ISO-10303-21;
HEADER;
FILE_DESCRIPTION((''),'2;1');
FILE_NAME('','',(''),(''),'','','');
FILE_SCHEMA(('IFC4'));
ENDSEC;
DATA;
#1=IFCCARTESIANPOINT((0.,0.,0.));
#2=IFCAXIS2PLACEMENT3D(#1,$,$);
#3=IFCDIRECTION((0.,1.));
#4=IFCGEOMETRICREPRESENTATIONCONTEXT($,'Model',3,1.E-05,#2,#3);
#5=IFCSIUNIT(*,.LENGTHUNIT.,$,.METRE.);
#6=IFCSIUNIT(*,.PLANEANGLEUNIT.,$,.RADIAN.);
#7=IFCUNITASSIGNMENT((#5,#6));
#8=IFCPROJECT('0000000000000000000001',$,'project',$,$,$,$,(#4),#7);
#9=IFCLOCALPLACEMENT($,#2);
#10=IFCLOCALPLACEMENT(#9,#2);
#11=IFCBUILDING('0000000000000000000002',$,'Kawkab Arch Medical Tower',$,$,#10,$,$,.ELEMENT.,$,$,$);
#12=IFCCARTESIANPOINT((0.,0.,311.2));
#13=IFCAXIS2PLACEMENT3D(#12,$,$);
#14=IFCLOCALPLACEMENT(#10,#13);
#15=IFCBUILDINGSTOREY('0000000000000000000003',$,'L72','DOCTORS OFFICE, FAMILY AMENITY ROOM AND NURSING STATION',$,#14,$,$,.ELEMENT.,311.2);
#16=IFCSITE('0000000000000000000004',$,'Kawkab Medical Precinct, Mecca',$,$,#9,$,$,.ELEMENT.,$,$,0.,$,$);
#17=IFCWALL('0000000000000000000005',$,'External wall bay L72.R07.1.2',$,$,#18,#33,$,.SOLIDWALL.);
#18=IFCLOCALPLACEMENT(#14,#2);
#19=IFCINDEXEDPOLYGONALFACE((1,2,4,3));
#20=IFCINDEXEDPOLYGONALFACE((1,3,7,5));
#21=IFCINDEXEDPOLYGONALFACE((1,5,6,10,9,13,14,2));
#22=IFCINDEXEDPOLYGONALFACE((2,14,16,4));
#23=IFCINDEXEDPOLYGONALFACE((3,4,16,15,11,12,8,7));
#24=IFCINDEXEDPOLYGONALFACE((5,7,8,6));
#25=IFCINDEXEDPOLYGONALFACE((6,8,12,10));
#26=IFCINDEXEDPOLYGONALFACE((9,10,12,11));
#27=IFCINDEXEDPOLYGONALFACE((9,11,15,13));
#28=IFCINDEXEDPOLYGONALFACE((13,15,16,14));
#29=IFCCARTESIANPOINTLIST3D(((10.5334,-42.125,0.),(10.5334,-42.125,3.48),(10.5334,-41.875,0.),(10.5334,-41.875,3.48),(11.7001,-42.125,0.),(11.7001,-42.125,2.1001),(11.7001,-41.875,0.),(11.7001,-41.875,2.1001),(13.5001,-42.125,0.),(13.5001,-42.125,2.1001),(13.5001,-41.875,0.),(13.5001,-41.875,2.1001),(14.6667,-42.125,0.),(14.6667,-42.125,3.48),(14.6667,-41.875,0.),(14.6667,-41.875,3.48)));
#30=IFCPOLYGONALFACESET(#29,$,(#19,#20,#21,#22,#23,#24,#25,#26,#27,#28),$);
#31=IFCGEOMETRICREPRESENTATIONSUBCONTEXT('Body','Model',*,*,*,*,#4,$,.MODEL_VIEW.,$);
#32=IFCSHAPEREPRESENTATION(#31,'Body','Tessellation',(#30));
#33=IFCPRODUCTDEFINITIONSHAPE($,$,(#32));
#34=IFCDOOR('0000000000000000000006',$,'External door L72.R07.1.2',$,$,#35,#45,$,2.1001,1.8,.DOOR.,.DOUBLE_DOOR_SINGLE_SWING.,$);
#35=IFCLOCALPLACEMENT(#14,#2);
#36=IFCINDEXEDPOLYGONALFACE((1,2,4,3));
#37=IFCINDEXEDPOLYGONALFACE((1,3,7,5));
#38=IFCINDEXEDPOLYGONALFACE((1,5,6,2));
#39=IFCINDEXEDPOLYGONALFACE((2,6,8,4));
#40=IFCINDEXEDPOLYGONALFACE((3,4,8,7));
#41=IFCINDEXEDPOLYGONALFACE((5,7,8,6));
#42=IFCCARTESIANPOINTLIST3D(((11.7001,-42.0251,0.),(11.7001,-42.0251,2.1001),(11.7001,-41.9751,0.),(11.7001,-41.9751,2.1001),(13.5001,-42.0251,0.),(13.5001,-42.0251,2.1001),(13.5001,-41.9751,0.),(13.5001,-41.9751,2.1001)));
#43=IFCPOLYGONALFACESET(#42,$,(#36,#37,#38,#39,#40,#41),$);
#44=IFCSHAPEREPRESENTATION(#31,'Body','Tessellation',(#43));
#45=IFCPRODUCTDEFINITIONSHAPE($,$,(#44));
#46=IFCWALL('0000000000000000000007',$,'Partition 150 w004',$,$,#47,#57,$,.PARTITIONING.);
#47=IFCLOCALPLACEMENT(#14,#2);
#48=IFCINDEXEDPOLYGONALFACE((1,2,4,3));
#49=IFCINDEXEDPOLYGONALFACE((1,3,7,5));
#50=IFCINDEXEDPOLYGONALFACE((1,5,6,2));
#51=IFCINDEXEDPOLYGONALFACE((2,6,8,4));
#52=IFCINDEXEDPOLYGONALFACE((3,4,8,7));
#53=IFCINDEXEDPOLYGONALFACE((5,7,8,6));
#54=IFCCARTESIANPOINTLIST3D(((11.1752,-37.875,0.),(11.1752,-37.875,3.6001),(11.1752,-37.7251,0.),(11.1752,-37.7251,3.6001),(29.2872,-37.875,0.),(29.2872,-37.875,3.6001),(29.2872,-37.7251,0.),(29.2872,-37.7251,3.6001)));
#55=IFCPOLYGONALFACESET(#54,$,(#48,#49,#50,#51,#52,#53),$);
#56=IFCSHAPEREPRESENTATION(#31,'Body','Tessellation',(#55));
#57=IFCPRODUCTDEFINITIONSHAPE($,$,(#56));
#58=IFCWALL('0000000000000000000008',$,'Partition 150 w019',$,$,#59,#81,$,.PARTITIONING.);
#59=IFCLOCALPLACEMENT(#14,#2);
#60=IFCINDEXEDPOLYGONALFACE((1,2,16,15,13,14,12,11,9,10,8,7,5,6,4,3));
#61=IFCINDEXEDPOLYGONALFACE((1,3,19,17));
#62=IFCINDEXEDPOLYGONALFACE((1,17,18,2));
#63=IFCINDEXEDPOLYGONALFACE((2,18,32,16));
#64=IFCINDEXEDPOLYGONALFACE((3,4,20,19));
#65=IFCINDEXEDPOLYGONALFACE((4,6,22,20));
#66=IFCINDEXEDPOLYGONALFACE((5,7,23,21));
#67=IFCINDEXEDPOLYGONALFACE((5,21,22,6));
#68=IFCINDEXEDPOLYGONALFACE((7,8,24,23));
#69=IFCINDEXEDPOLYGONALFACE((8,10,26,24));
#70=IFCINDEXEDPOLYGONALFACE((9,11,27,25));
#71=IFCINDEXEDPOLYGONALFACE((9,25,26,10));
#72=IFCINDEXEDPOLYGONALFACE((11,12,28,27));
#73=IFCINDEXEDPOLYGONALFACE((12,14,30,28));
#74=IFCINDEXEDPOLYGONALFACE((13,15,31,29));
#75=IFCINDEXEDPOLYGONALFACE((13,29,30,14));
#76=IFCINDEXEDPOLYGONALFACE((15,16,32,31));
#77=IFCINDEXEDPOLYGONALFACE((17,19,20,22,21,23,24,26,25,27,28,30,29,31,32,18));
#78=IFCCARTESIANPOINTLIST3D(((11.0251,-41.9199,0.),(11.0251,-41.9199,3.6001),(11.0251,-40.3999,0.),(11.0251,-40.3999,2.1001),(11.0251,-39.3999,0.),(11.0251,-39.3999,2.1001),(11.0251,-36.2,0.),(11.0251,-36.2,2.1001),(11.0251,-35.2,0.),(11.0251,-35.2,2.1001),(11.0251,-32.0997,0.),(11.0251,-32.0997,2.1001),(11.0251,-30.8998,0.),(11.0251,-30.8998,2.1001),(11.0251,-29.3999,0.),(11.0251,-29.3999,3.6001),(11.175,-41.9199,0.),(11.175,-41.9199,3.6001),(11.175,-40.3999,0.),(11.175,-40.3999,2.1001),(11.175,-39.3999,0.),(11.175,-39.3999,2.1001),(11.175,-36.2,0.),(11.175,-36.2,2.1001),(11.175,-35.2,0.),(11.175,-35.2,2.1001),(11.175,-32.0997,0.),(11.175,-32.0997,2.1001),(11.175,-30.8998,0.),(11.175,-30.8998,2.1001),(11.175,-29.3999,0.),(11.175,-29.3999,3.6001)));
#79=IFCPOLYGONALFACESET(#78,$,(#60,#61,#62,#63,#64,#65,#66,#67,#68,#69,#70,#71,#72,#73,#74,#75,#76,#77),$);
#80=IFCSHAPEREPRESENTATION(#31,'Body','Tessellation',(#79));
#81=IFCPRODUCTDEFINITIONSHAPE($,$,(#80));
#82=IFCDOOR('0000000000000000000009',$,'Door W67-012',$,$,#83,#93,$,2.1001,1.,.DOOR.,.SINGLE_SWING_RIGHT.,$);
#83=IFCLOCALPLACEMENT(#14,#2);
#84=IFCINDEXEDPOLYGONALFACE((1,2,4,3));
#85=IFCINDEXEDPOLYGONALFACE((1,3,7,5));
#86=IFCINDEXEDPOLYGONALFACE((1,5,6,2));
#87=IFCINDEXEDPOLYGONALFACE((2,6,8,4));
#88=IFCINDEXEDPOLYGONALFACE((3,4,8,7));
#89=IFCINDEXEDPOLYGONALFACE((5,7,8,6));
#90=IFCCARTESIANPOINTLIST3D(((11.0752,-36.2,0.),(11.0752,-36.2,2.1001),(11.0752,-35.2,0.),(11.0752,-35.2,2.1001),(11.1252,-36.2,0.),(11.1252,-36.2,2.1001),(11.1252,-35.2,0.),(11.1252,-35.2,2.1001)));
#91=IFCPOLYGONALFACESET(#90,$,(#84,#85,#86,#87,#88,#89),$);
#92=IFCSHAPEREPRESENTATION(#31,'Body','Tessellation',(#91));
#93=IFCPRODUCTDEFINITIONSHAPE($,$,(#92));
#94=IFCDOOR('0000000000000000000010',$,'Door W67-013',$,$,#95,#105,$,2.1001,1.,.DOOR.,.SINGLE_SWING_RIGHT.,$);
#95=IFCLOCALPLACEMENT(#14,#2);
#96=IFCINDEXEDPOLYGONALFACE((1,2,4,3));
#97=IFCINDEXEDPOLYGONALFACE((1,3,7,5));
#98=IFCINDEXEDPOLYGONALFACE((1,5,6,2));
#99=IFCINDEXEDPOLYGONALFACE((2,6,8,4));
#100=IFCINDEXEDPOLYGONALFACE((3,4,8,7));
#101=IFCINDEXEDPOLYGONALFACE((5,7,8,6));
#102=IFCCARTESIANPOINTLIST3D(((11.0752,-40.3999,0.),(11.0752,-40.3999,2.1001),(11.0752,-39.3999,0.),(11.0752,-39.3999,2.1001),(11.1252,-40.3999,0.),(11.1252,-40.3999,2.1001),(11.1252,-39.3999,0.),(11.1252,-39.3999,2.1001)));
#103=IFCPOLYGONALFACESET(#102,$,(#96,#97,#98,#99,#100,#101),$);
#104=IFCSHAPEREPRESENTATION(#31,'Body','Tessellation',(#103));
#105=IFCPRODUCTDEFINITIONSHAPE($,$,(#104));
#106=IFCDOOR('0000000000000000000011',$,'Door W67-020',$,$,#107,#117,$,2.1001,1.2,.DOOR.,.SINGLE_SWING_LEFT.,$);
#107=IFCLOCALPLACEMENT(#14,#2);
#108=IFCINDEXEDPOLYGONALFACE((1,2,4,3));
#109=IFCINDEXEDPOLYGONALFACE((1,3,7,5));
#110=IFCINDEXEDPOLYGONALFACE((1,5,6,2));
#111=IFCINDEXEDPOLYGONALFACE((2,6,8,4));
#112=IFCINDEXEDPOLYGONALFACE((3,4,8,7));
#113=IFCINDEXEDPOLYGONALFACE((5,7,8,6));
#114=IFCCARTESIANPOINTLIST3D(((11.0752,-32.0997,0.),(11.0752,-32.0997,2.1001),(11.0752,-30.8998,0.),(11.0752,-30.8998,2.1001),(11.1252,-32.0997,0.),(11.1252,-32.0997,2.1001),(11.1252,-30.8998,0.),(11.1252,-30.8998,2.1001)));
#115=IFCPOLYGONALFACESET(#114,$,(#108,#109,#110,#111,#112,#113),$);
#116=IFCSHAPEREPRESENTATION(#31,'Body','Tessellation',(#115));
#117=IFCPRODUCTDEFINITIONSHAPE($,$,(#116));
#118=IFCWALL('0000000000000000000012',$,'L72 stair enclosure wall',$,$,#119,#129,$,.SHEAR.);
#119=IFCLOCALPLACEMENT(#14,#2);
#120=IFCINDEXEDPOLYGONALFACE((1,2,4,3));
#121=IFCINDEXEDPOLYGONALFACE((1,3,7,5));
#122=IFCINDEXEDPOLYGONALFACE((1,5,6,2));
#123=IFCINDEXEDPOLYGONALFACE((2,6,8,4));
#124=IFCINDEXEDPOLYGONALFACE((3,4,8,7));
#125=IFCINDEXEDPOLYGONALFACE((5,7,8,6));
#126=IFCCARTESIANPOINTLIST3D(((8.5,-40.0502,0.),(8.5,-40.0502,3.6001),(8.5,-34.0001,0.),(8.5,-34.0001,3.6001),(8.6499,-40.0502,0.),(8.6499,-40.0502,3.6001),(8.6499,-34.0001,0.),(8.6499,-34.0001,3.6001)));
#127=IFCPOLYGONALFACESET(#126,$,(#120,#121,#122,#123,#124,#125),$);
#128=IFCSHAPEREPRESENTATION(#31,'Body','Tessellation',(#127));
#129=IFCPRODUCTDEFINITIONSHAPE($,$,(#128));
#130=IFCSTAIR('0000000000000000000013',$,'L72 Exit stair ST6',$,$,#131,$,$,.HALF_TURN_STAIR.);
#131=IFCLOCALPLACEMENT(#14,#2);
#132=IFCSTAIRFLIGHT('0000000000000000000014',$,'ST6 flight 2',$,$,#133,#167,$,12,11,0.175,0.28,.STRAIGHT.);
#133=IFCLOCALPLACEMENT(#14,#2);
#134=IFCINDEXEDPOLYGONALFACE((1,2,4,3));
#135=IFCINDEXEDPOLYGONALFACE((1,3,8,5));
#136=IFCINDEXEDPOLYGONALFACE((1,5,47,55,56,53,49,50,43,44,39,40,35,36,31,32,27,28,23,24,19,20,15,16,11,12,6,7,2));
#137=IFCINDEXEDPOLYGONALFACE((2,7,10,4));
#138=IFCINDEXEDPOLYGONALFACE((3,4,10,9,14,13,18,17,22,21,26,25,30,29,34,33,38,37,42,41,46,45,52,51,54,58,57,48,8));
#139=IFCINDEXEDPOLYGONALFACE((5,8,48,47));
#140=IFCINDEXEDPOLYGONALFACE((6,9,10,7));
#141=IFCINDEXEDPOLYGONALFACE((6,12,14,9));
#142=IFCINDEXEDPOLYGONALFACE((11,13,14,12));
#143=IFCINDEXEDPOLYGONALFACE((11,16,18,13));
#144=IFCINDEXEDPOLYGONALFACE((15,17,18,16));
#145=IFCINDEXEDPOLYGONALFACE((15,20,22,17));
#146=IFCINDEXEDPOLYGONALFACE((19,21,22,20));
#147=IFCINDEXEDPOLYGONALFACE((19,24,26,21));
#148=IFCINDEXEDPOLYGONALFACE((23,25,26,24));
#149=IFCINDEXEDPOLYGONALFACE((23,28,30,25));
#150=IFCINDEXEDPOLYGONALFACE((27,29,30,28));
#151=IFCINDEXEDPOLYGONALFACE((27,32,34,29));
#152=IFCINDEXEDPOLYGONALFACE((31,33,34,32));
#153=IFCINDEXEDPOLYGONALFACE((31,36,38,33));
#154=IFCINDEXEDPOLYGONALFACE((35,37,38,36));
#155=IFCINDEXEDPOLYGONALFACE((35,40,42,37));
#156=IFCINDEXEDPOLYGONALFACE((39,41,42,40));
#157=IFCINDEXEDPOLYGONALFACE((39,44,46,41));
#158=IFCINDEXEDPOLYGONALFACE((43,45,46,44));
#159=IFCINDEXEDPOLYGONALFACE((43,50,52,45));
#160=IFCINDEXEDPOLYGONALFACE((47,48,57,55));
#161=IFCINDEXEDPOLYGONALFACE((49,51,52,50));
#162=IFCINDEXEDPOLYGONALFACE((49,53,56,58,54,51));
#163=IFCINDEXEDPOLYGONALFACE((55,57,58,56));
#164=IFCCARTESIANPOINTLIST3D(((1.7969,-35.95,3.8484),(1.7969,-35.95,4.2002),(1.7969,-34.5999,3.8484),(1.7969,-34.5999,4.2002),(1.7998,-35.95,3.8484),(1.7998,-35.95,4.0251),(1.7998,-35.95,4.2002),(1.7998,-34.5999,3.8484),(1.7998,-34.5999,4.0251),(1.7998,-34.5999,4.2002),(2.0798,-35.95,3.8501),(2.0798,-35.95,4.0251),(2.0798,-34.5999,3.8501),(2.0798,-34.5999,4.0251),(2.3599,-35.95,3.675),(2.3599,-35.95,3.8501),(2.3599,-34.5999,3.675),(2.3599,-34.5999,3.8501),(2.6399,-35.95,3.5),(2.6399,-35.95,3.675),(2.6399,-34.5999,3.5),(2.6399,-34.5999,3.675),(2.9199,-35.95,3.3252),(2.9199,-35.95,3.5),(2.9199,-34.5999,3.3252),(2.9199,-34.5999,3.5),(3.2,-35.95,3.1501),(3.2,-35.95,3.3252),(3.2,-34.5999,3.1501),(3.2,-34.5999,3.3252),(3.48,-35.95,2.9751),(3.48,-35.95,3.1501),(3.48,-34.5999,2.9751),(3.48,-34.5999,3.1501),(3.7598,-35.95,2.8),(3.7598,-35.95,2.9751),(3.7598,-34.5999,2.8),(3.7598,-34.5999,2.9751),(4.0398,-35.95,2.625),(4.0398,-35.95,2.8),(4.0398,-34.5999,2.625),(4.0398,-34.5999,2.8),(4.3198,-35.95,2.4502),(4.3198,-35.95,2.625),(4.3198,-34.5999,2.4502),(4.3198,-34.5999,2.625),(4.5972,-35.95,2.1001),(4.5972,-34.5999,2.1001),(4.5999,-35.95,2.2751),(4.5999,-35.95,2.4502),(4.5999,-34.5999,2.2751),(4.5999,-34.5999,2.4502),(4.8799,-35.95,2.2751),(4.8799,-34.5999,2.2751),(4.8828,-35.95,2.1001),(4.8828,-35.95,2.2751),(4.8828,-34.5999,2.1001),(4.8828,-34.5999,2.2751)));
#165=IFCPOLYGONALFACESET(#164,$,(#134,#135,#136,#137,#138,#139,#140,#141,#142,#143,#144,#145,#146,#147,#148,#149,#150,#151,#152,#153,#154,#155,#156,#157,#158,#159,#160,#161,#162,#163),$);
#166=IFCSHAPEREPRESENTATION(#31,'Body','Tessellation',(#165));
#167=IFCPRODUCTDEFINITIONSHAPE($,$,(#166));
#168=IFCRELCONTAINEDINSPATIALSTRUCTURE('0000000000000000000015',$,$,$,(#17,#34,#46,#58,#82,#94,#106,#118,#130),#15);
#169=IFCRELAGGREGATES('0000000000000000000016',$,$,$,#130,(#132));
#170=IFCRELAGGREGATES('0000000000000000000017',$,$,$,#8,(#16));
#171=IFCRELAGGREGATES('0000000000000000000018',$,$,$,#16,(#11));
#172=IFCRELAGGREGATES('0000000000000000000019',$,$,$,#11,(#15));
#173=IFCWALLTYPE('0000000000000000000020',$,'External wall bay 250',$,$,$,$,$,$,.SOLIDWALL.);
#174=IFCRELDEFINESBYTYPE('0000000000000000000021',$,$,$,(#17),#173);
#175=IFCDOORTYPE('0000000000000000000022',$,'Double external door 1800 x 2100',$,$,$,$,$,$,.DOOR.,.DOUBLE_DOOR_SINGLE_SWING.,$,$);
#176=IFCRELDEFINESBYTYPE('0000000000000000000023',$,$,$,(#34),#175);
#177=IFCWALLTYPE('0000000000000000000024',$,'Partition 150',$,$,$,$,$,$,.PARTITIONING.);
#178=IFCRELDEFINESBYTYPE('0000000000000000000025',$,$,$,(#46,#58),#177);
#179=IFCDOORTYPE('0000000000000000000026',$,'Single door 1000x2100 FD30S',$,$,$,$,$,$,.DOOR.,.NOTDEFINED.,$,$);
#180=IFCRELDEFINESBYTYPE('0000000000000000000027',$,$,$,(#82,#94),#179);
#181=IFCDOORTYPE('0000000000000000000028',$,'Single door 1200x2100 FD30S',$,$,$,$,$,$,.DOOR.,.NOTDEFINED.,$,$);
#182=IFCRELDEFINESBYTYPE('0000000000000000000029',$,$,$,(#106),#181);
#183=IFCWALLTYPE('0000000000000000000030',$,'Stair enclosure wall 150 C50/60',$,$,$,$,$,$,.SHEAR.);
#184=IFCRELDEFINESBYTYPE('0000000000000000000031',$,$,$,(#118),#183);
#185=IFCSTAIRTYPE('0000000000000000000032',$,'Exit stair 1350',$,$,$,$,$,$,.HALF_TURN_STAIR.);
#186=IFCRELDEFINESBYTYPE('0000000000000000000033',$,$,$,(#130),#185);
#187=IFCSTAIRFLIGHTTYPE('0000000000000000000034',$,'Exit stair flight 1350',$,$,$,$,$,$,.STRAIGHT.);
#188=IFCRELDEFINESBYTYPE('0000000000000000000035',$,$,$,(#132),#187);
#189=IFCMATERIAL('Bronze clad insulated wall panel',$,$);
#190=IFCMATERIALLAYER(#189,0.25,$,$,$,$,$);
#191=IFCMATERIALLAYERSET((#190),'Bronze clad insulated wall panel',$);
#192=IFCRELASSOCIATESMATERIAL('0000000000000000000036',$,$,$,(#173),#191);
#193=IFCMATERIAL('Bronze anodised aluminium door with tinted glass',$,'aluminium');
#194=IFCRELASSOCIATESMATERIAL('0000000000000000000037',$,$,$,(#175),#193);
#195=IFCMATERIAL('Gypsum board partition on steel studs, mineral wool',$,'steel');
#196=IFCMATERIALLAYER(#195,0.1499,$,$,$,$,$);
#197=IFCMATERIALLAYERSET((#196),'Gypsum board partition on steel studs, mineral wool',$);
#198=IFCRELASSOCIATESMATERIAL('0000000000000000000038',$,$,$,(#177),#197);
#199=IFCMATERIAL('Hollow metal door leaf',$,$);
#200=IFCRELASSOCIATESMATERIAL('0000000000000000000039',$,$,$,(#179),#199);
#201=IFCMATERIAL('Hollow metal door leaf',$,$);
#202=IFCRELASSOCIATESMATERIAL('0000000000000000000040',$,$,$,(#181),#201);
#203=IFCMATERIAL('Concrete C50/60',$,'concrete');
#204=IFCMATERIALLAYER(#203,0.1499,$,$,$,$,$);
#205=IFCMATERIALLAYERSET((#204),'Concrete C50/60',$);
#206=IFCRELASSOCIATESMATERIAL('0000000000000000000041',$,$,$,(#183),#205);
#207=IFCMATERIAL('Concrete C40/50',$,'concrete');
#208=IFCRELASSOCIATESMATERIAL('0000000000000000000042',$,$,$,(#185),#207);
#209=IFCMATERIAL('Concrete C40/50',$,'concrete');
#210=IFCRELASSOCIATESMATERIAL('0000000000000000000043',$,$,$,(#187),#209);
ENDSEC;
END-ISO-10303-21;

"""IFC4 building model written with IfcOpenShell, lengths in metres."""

from ifc_helpers import new_model, si_unit, direction, frame, frame_2d, origin, place, context, subcontext, project, spatial, polyline, rectangle, outline, extrude, material, layer, layer_set, type_object, element, fill, aggregate, save


model = new_model("IFC4")

# Units and contexts
model_context = context("Model", 3, precision=1e-05, world=origin(), true_north=direction((0.0, 1.0)))
body_context = subcontext(model_context, "Body", "Model", "MODEL_VIEW")
ifc_project = project(units=[si_unit("LENGTHUNIT", "METRE"), si_unit("PLANEANGLEUNIT", "RADIAN")], contexts=[model_context])

# Site, building, storey
site_placement = place(None, origin())
site = spatial("IfcSite", under=ifc_project, at=site_placement, Name="Kawkab Medical Precinct, Mecca", CompositionType="ELEMENT", RefElevation=0.0)
building_placement = place(site_placement, origin())
building = spatial("IfcBuilding", under=site, at=building_placement, Name="Kawkab Arch Medical Tower", CompositionType="ELEMENT")
storey_placement = place(building_placement, frame((0.0, 0.0, 311.2)))
storey = spatial("IfcBuildingStorey", under=building, at=storey_placement, Name="L72", Description="DOCTORS OFFICE, FAMILY AMENITY ROOM AND NURSING STATION", CompositionType="ELEMENT", Elevation=311.2)

# Shared definitions
placement = place(storey_placement, origin())

# Wall, opening, door
ifc_material_1 = material(Name="Bronze clad insulated wall panel")
ifc_layer_1 = layer(ifc_material_1, 0.25)
ifc_layer_set_1 = layer_set([ifc_layer_1], Name="Bronze clad insulated wall panel")
wall_type_1 = type_object("IfcWallType", Name="External wall bay 250", PredefinedType="SOLIDWALL", material=ifc_layer_set_1)
wall_1_placement = place(storey_placement, frame((10.5334, -42.0, 0.0), z_axis=(0.0, 0.0, 1.0), x_axis=(1.0, 0.0, 0.0)))
wall_1 = element("IfcWall", 1, at=wall_1_placement, inside=storey, type_object=wall_type_1, Name="External wall bay L72.R07.1.2", PredefinedType="SOLIDWALL", context=body_context, shape_type="SweptSolid", body=[
    extrude(rectangle(XDim=4.1333, YDim=0.25, at=frame_2d((2.0667, 0.0))), origin(), (0.0, 0.0, 1.0), 3.48),
])
opening_1_placement = place(wall_1_placement, frame((1.1667, 0.0, 0.0)))
opening_1 = element("IfcOpeningElement", 2, at=opening_1_placement, cuts=wall_1, PredefinedType="OPENING", context=body_context, shape_type="SweptSolid", body=[
    extrude(rectangle(XDim=1.8, YDim=2.1001, at=frame_2d((0.8999, 1.05))), frame((0.0, 0.135, 0.0), z_axis=(0.0, -1.0, 0.0), x_axis=(1.0, 0.0, 0.0)), (0.0, 0.0, 1.0), 0.27),
])
ifc_material_2 = material(Name="Bronze anodised aluminium door with tinted glass", Category="aluminium")
door_type_1 = type_object("IfcDoorType", Name="Double external door 1800 x 2100", OperationType="DOUBLE_DOOR_SINGLE_SWING", PredefinedType="DOOR", material=ifc_material_2)
door_1_placement = place(opening_1_placement, origin())
door_1 = element("IfcDoor", 3, at=door_1_placement, inside=storey, type_object=door_type_1, Name="External door L72.R07.1.2", OperationType="DOUBLE_DOOR_SINGLE_SWING", OverallHeight=2.1001, OverallWidth=1.8, PredefinedType="DOOR", context=body_context, shape_type="SweptSolid", body=[
    extrude(rectangle(XDim=1.8, YDim=2.1001, at=frame_2d((0.8999, 1.05))), frame((0.0, 0.0249, 0.0), z_axis=(0.0, -1.0, 0.0), x_axis=(1.0, 0.0, 0.0)), (0.0, 0.0, 1.0), 0.05),
])
fill(opening_1, door_1)

# Wall
ifc_material_3 = material(Name="Gypsum board partition on steel studs, mineral wool", Category="steel")
ifc_layer_2 = layer(ifc_material_3, 0.1499)
ifc_layer_set_2 = layer_set([ifc_layer_2], Name="Gypsum board partition on steel studs, mineral wool")
wall_type_2 = type_object("IfcWallType", Name="Partition 150", PredefinedType="PARTITIONING", material=ifc_layer_set_2)
wall_2_placement = place(storey_placement, frame((11.175, -37.8, 0.0), z_axis=(0.0, 0.0, 1.0), x_axis=(1.0, 0.0, 0.0)))
element("IfcWall", 4, at=wall_2_placement, inside=storey, type_object=wall_type_2, Name="Partition 150 w004", PredefinedType="PARTITIONING", context=body_context, shape_type="SweptSolid", body=[
    extrude(rectangle(XDim=18.1121, YDim=0.1499, at=frame_2d((9.0562, 0.0))), origin(), (0.0, 0.0, 1.0), 3.6001),
])

# Wall, openings, doors
wall_3_placement = place(storey_placement, frame((11.1001, -41.9199, 0.0), z_axis=(0.0, 0.0, 1.0), x_axis=(0.0, 1.0, 0.0)))
wall_3 = element("IfcWall", 5, at=wall_3_placement, inside=storey, type_object=wall_type_2, Name="Partition 150 w019", PredefinedType="PARTITIONING", context=body_context, shape_type="SweptSolid", body=[
    extrude(rectangle(XDim=12.52, YDim=0.1499, at=frame_2d((6.26, 0.0))), origin(), (0.0, 0.0, 1.0), 3.6001),
])
opening_2_placement = place(wall_3_placement, frame((9.8201, 0.0, 0.0)))
opening_2 = element("IfcOpeningElement", 6, at=opening_2_placement, cuts=wall_3, PredefinedType="OPENING", context=body_context, shape_type="SweptSolid", body=[
    extrude(rectangle(XDim=1.2, YDim=2.1001, at=frame_2d((0.6001, 1.05))), frame((0.0, 0.085, 0.0), z_axis=(0.0, -1.0, 0.0), x_axis=(1.0, 0.0, 0.0)), (0.0, 0.0, 1.0), 0.1699),
])
opening_3_placement = place(wall_3_placement, frame((5.72, 0.0, 0.0)))
opening_3 = element("IfcOpeningElement", 7, at=opening_3_placement, cuts=wall_3, PredefinedType="OPENING", context=body_context, shape_type="SweptSolid", body=[
    extrude(rectangle(XDim=1.0, YDim=2.1001, at=frame_2d((0.5, 1.05))), frame((0.0, 0.085, 0.0), z_axis=(0.0, -1.0, 0.0), x_axis=(1.0, 0.0, 0.0)), (0.0, 0.0, 1.0), 0.1699),
])
opening_4_placement = place(wall_3_placement, frame((1.52, 0.0, 0.0)))
opening_4 = element("IfcOpeningElement", 8, at=opening_4_placement, cuts=wall_3, PredefinedType="OPENING", context=body_context, shape_type="SweptSolid", body=[
    extrude(rectangle(XDim=1.0, YDim=2.1001, at=frame_2d((0.5, 1.05))), frame((0.0, 0.085, 0.0), z_axis=(0.0, -1.0, 0.0), x_axis=(1.0, 0.0, 0.0)), (0.0, 0.0, 1.0), 0.1699),
])
ifc_material_4 = material(Name="Hollow metal door leaf")
door_type_2 = type_object("IfcDoorType", Name="Single door 1000x2100 FD30S", OperationType="NOTDEFINED", PredefinedType="DOOR", material=ifc_material_4)
door_2_placement = place(opening_3_placement, origin())
door_2 = element("IfcDoor", 9, at=door_2_placement, inside=storey, type_object=door_type_2, Name="Door W67-012", OperationType="SINGLE_SWING_RIGHT", OverallHeight=2.1001, OverallWidth=1.0, PredefinedType="DOOR", context=body_context, shape_type="SweptSolid", body=[
    extrude(rectangle(XDim=1.0, YDim=2.1001, at=frame_2d((0.5, 1.05))), frame((0.0, 0.0249, 0.0), z_axis=(0.0, -1.0, 0.0), x_axis=(1.0, 0.0, 0.0)), (0.0, 0.0, 1.0), 0.05),
])
fill(opening_3, door_2)
door_3_placement = place(opening_4_placement, origin())
door_3 = element("IfcDoor", 10, at=door_3_placement, inside=storey, type_object=door_type_2, Name="Door W67-013", OperationType="SINGLE_SWING_RIGHT", OverallHeight=2.1001, OverallWidth=1.0, PredefinedType="DOOR", context=body_context, shape_type="SweptSolid", body=[
    extrude(rectangle(XDim=1.0, YDim=2.1001, at=frame_2d((0.5, 1.05))), frame((0.0, 0.0249, 0.0), z_axis=(0.0, -1.0, 0.0), x_axis=(1.0, 0.0, 0.0)), (0.0, 0.0, 1.0), 0.05),
])
fill(opening_4, door_3)
ifc_material_5 = material(Name="Hollow metal door leaf")
door_type_3 = type_object("IfcDoorType", Name="Single door 1200x2100 FD30S", OperationType="NOTDEFINED", PredefinedType="DOOR", material=ifc_material_5)
door_4_placement = place(opening_2_placement, origin())
door_4 = element("IfcDoor", 11, at=door_4_placement, inside=storey, type_object=door_type_3, Name="Door W67-020", OperationType="SINGLE_SWING_LEFT", OverallHeight=2.1001, OverallWidth=1.2, PredefinedType="DOOR", context=body_context, shape_type="SweptSolid", body=[
    extrude(rectangle(XDim=1.2, YDim=2.1001, at=frame_2d((0.6001, 1.05))), frame((0.0, 0.0249, 0.0), z_axis=(0.0, -1.0, 0.0), x_axis=(1.0, 0.0, 0.0)), (0.0, 0.0, 1.0), 0.05),
])
fill(opening_2, door_4)

# Wall
ifc_material_6 = material(Name="Concrete C50/60", Category="concrete")
ifc_layer_3 = layer(ifc_material_6, 0.1499)
ifc_layer_set_3 = layer_set([ifc_layer_3], Name="Concrete C50/60")
wall_type_3 = type_object("IfcWallType", Name="Stair enclosure wall 150 C50/60", PredefinedType="SHEAR", material=ifc_layer_set_3)
wall_4_placement = place(storey_placement, frame((8.575, -40.05, 0.0), z_axis=(0.0, 0.0, 1.0), x_axis=(0.0, 1.0, 0.0)))
element("IfcWall", 12, at=wall_4_placement, inside=storey, type_object=wall_type_3, Name="L72 stair enclosure wall", PredefinedType="SHEAR", context=body_context, shape_type="SweptSolid", body=[
    extrude(rectangle(XDim=6.05, YDim=0.1499, at=frame_2d((3.0249, 0.0))), origin(), (0.0, 0.0, 1.0), 3.6001),
])

# Stair, stair flight
ifc_material_7 = material(Name="Concrete C40/50", Category="concrete")
stair_type = type_object("IfcStairType", Name="Exit stair 1350", PredefinedType="HALF_TURN_STAIR", material=ifc_material_7)
stair = element("IfcStair", 13, at=placement, inside=storey, type_object=stair_type, Name="L72 Exit stair ST6", PredefinedType="HALF_TURN_STAIR")
ifc_material_8 = material(Name="Concrete C40/50", Category="concrete")
stair_flight_type = type_object("IfcStairFlightType", Name="Exit stair flight 1350", PredefinedType="STRAIGHT", material=ifc_material_8)
stair_flight_placement = place(storey_placement, frame((4.8799, -35.2749, 2.1001), z_axis=(0.0, 0.0, 1.0), x_axis=(-1.0, 0.0, 0.0)))
stair_flight = element("IfcStairFlight", 14, at=stair_flight_placement, type_object=stair_flight_type, Name="ST6 flight 2", NumberOfRisers=12, NumberOfTreads=11, PredefinedType="STRAIGHT", RiserHeight=0.175, TreadLength=0.28, context=body_context, shape_type="SweptSolid", body=[
    extrude(outline(polyline([(-0.0029, 0.0), (-0.0029, 0.175), (0.0, 0.175), (0.28, 0.175), (0.28, 0.3501), (0.5601, 0.3501), (0.5601, 0.5249), (0.8401, 0.5249), (0.8401, 0.7), (1.1201, 0.7), (1.1201, 0.875), (1.3999, 0.875), (1.3999, 1.05), (1.6799, 1.05), (1.6799, 1.2251), (1.96, 1.2251), (1.96, 1.3999), (2.24, 1.3999), (2.24, 1.575), (2.52, 1.575), (2.52, 1.75), (2.8, 1.75), (2.8, 1.925), (3.0801, 1.925), (3.0801, 2.1001), (3.083, 2.1001), (3.083, 1.7483), (3.0801, 1.7483), (0.2827, 0.0), (-0.0029, 0.0)])), frame((0.0, 0.675, 0.0), z_axis=(0.0, -1.0, 0.0), x_axis=(1.0, 0.0, 0.0)), (0.0, 0.0, 1.0), 1.3501),
])
aggregate(stair, [stair_flight])

save(model, "model.ifc")
